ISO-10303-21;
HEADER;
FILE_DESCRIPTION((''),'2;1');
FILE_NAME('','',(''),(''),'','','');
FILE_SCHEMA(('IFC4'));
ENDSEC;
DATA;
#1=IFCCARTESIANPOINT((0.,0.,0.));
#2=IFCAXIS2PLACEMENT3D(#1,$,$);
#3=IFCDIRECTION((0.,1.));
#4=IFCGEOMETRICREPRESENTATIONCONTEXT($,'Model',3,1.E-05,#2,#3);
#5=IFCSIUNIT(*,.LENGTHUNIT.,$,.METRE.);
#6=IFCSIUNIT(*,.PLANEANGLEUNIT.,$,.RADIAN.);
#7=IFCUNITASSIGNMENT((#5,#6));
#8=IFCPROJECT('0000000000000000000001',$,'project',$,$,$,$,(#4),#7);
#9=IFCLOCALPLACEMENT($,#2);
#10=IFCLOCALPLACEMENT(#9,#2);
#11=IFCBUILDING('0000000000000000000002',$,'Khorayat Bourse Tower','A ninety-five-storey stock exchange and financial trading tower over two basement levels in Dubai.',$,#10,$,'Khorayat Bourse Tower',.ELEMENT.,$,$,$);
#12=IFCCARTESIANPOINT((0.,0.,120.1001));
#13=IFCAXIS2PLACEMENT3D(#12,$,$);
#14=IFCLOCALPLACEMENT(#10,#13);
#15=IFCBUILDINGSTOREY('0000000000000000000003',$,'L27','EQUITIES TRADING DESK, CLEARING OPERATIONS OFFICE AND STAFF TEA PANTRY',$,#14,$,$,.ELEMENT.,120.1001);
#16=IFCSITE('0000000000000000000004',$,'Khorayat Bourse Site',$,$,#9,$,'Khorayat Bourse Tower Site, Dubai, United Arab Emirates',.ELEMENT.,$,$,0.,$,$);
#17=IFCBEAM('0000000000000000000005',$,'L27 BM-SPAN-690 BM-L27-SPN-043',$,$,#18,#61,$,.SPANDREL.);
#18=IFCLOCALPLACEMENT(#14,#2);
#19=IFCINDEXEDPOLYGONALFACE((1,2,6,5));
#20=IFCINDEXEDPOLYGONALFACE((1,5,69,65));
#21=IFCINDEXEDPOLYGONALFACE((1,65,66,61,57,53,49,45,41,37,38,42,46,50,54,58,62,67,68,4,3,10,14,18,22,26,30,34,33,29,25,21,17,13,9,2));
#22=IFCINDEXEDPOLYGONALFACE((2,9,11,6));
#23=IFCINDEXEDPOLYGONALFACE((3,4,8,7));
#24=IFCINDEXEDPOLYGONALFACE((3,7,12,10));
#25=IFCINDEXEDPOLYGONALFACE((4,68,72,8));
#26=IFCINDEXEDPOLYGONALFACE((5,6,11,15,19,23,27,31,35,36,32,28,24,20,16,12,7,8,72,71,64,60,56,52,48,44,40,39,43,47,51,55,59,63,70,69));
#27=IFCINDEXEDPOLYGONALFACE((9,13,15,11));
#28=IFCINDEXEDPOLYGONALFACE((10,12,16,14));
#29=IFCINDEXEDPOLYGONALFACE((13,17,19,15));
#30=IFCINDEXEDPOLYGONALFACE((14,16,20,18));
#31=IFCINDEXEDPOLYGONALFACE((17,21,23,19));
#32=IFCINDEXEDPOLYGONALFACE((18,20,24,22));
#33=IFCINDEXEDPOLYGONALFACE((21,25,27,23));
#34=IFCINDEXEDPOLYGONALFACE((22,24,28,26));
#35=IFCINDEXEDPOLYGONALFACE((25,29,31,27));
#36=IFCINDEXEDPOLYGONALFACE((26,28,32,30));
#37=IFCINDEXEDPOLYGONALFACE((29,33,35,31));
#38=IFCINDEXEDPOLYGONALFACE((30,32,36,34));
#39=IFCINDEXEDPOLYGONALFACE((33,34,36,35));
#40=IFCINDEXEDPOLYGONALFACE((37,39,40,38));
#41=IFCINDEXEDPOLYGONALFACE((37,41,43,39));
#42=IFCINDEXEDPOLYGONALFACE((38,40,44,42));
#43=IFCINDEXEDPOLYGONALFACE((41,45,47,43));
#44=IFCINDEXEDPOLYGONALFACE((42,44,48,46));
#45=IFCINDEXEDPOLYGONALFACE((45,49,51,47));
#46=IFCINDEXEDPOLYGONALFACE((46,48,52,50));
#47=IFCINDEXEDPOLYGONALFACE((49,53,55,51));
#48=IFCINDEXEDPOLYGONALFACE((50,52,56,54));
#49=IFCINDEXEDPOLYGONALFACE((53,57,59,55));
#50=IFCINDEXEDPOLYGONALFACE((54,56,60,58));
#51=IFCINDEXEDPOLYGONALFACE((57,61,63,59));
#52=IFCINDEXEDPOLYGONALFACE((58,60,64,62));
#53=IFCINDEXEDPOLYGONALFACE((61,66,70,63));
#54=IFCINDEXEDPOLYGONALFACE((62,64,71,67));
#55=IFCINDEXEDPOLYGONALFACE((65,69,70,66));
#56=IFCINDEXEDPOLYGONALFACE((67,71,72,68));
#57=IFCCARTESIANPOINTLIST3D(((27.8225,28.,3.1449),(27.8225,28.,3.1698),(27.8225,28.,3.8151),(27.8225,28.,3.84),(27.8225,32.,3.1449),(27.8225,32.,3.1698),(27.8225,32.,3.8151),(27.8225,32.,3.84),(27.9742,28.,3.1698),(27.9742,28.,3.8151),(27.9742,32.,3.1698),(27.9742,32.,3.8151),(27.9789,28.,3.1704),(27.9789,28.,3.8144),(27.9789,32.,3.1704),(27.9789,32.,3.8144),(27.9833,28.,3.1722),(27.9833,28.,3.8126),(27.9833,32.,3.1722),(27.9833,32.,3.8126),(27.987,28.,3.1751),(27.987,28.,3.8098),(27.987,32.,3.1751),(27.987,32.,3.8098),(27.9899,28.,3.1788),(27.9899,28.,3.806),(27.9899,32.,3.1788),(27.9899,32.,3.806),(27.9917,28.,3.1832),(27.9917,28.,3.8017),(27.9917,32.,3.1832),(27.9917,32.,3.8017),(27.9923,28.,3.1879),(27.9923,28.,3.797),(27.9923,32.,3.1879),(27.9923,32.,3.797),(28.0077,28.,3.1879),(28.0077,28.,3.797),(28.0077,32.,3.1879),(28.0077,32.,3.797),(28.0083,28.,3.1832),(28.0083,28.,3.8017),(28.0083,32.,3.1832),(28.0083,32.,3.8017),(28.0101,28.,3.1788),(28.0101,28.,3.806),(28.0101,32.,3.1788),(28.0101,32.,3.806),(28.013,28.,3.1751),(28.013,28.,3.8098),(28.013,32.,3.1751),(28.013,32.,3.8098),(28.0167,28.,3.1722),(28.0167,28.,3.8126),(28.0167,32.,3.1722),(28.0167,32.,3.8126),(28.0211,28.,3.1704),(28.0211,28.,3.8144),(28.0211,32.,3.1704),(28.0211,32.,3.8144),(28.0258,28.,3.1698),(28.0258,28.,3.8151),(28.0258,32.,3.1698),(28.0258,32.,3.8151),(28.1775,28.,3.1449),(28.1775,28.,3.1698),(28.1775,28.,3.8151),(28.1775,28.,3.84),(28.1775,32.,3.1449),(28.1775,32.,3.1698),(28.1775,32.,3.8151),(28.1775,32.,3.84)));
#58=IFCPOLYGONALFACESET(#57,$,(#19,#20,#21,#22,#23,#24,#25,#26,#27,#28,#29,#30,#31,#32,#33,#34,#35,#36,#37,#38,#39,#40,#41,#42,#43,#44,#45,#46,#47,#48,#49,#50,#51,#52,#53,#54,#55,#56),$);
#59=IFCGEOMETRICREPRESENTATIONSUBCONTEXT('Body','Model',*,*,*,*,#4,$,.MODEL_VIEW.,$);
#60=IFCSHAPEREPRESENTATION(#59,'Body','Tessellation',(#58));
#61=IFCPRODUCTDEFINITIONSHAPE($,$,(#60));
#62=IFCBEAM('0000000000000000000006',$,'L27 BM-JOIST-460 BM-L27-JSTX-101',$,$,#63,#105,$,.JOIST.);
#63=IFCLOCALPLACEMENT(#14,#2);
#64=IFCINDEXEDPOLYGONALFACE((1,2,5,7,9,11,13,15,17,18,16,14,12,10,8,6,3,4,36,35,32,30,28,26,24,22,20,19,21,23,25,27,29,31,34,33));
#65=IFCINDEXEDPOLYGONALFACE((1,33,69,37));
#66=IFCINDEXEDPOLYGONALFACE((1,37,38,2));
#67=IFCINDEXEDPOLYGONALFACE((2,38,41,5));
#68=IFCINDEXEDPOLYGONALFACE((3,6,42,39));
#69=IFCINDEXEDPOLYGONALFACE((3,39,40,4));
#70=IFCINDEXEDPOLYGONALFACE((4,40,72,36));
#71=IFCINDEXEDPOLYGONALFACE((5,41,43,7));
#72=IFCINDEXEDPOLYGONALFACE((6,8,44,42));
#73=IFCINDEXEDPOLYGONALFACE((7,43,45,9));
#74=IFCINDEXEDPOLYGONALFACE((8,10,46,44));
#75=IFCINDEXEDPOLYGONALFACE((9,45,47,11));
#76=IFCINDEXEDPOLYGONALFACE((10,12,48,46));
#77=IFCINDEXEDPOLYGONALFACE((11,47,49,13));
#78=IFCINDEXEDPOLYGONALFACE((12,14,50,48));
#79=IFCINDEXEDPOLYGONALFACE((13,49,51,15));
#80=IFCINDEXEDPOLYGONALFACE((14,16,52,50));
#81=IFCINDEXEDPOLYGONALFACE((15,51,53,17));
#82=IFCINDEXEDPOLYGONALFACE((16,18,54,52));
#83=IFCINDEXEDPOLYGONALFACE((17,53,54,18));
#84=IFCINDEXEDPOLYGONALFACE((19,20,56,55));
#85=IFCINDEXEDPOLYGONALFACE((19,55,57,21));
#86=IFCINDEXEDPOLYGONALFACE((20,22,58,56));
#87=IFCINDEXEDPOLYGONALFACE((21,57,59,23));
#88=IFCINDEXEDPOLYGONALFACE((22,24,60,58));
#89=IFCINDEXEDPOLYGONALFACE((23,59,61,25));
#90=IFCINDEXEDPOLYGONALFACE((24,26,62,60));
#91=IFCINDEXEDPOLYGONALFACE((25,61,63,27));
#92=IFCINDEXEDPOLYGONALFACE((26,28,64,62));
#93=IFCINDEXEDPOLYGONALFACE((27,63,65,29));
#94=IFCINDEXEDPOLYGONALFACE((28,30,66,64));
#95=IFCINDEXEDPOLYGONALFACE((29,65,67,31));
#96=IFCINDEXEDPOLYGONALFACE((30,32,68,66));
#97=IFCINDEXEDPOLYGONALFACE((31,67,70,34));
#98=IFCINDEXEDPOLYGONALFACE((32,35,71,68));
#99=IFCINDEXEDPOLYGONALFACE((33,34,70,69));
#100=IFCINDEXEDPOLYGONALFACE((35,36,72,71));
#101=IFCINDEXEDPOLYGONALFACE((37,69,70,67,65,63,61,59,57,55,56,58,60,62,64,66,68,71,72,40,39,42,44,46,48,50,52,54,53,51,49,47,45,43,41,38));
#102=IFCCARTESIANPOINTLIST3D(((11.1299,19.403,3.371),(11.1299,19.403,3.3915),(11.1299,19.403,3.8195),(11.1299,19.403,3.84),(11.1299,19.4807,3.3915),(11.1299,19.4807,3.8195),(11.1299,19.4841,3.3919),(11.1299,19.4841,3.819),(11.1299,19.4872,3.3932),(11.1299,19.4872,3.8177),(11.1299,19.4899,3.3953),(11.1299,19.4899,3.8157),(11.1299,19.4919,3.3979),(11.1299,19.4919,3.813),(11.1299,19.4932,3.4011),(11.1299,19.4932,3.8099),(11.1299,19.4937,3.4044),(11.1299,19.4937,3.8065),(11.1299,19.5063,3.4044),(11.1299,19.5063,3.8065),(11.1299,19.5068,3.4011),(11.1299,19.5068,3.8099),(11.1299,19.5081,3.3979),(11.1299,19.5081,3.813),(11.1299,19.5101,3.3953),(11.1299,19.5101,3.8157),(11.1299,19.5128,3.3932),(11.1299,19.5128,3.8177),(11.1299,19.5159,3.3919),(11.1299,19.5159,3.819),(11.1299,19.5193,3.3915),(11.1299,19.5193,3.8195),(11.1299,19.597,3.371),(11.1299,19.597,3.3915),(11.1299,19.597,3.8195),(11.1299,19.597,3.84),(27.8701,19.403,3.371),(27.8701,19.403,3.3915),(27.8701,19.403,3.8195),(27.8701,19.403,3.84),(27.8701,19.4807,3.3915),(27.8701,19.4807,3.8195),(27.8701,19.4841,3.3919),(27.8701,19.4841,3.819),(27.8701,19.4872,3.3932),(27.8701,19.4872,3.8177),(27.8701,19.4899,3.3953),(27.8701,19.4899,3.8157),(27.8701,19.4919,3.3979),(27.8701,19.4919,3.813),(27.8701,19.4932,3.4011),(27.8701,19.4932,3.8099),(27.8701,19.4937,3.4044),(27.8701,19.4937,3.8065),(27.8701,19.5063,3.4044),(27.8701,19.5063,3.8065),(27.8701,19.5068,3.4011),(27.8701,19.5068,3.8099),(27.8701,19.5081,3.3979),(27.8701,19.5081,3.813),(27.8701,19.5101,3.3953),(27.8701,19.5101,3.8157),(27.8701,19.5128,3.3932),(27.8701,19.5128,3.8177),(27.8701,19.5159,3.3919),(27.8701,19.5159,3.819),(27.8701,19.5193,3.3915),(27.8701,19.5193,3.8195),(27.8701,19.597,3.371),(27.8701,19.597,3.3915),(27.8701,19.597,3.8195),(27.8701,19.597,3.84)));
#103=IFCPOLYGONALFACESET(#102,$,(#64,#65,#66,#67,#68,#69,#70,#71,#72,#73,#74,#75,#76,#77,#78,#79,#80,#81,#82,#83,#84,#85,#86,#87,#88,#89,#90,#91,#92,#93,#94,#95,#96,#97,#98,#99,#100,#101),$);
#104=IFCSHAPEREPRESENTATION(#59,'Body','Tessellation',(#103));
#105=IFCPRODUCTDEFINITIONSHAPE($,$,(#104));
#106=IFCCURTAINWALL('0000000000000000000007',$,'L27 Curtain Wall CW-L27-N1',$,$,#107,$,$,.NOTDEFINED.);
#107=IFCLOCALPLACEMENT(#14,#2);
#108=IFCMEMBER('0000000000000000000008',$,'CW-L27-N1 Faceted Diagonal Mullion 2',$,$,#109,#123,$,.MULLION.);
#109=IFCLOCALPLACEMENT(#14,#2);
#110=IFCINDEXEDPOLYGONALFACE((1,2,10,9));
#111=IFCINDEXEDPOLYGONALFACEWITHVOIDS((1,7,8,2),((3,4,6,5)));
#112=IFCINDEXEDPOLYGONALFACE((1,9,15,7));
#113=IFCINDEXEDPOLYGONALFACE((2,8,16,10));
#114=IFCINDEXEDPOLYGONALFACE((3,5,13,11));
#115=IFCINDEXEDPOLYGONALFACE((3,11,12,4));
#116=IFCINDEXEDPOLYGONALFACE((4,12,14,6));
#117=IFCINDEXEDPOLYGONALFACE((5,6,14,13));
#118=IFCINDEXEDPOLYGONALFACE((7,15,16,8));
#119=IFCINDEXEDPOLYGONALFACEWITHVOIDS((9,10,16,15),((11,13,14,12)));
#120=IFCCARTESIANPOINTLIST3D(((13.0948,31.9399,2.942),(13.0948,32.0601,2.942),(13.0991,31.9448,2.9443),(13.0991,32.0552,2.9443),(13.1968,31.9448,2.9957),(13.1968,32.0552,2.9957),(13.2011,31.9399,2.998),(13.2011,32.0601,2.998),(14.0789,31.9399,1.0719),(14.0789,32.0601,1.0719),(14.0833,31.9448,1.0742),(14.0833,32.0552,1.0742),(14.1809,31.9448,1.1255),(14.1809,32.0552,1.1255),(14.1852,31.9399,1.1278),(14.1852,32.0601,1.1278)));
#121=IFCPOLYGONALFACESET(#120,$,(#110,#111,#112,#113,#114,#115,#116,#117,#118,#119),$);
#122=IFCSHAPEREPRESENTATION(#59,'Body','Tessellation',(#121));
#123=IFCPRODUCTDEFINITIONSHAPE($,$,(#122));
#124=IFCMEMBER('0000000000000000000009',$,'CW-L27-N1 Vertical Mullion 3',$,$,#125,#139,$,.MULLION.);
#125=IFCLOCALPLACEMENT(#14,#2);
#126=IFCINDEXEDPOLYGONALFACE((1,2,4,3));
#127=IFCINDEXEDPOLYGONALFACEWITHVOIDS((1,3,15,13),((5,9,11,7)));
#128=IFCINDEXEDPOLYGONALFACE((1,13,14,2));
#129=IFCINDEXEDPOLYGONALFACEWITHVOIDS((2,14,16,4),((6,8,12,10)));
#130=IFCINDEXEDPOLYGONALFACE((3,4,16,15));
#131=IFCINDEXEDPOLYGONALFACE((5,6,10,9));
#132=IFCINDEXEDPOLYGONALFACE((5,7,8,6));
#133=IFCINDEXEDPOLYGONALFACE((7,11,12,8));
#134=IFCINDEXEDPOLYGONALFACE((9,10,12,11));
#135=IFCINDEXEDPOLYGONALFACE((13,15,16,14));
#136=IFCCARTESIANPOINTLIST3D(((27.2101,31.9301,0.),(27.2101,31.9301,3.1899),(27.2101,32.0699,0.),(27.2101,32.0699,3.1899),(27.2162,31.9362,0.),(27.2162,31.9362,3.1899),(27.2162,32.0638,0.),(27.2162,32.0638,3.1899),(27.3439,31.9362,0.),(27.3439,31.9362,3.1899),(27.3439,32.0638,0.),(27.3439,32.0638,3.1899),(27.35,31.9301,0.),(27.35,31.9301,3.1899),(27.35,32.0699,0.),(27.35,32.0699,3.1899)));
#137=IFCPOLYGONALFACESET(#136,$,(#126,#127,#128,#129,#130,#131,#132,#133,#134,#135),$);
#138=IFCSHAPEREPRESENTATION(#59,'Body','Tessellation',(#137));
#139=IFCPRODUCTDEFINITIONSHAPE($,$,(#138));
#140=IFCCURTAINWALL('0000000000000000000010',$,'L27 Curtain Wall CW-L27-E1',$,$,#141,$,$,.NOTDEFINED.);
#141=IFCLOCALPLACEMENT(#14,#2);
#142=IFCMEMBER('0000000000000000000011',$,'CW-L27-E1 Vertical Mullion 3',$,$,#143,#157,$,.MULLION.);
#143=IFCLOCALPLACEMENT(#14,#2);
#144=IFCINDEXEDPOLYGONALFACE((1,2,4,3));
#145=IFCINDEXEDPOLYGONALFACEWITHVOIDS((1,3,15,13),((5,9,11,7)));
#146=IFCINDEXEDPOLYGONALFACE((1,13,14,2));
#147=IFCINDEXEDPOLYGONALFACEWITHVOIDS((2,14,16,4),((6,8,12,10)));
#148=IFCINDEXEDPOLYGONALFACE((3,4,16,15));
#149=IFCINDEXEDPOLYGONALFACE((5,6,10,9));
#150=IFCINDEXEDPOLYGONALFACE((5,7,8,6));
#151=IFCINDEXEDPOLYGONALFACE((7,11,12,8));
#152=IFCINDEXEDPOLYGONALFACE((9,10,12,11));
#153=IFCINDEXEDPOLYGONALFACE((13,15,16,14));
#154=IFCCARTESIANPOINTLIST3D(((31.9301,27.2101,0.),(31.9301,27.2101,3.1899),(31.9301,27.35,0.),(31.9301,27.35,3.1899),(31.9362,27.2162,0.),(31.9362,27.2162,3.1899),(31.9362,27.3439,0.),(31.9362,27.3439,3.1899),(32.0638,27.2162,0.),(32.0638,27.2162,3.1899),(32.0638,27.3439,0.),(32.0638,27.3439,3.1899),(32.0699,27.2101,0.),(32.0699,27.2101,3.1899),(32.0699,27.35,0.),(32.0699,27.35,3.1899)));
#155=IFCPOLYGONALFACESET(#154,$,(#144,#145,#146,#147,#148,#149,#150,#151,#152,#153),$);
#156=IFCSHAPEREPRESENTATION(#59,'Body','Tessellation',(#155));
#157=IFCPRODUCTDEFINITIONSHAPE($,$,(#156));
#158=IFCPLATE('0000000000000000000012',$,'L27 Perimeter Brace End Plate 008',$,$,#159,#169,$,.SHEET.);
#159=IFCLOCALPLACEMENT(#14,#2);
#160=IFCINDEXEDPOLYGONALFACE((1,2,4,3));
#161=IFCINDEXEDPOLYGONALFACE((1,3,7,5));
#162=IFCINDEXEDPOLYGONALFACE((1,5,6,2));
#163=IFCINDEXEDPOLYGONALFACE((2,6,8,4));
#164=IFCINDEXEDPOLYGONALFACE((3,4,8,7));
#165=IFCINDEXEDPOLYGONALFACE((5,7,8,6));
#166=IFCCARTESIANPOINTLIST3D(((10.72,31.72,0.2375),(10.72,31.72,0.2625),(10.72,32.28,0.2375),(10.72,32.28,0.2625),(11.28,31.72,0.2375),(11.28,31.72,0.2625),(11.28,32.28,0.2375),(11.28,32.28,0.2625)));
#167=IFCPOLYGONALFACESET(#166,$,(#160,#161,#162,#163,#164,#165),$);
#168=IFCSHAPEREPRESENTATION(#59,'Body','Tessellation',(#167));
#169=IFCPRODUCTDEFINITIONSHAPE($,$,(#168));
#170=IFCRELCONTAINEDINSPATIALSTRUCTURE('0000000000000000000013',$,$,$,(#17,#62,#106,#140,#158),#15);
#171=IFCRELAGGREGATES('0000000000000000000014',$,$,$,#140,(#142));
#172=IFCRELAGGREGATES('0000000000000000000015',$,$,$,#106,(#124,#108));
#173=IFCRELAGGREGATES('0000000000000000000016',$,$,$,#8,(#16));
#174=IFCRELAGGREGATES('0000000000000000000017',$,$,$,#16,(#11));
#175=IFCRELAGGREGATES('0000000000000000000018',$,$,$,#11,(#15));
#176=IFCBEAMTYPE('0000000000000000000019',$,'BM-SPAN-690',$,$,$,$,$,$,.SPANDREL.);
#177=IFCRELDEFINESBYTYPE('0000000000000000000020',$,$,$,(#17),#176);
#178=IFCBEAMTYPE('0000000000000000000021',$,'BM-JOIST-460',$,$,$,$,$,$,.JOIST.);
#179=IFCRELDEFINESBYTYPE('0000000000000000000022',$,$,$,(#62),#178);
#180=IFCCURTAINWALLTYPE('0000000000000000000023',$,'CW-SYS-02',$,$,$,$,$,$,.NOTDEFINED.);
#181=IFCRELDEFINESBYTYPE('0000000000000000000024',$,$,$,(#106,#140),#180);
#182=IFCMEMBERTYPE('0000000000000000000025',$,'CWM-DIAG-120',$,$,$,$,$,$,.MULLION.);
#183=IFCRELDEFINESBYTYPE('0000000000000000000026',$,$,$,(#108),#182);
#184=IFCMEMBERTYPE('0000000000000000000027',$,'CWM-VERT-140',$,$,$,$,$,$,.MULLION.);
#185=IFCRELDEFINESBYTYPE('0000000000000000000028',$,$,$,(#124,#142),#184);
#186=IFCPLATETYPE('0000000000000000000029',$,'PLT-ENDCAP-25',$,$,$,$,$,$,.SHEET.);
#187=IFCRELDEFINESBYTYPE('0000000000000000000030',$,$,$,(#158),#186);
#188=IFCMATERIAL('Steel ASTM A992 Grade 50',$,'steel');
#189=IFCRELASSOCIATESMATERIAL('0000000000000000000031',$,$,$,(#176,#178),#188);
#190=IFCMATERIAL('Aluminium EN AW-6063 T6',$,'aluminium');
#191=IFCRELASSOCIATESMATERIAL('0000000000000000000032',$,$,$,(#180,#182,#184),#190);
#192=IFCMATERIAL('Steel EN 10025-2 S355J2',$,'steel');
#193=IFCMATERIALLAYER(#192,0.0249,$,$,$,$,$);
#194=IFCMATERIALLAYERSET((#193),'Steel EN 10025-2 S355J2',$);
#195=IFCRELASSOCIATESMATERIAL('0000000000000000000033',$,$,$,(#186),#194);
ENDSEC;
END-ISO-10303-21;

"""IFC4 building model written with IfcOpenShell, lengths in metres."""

from ifc_helpers import new_model, si_unit, direction, frame, origin, origin_2d, place, context, subcontext, project, spatial, rectangle, hollow_rectangle, i_section, extrude, source, transform, mapped, material, layer, layer_set, material_profile, profile_set, type_object, element, aggregate, save


model = new_model("IFC4")

# Units and contexts
model_context = context("Model", 3, precision=1e-05, world=origin(), true_north=direction((0.0, 1.0)))
body_context = subcontext(model_context, "Body", "Model", "MODEL_VIEW")
ifc_project = project(units=[si_unit("LENGTHUNIT", "METRE"), si_unit("PLANEANGLEUNIT", "RADIAN")], contexts=[model_context])

# Site, building, storey
site_placement = place(None, origin())
site = spatial("IfcSite", under=ifc_project, at=site_placement, Name="Khorayat Bourse Site", LongName="Khorayat Bourse Tower Site, Dubai, United Arab Emirates", CompositionType="ELEMENT", RefElevation=0.0)
building_placement = place(site_placement, origin())
building = spatial("IfcBuilding", under=site, at=building_placement, Name="Khorayat Bourse Tower", Description="A ninety-five-storey stock exchange and financial trading tower over two basement levels in Dubai.", LongName="Khorayat Bourse Tower", CompositionType="ELEMENT")
storey_placement = place(building_placement, frame((0.0, 0.0, 120.1001)))
storey = spatial("IfcBuildingStorey", under=building, at=storey_placement, Name="L27", Description="EQUITIES TRADING DESK, CLEARING OPERATIONS OFFICE AND STAFF TEA PANTRY", CompositionType="ELEMENT", Elevation=120.1001)

# Beams
ifc_material_1 = material(Name="Steel ASTM A992 Grade 50", Category="steel")
ifc_material_profile_1 = material_profile(ifc_material_1, i_section(OverallWidth=0.355, OverallDepth=0.6951, WebThickness=0.0154, FlangeThickness=0.0249, FilletRadius=0.0181, at=origin_2d()), Name="W690X217")
ifc_profile_set_1 = profile_set([ifc_material_profile_1], Name="Steel ASTM A992 Grade 50")
beam_type_1 = type_object("IfcBeamType", Name="BM-SPAN-690", PredefinedType="SPANDREL", material=ifc_profile_set_1)
shared_shape_1 = source(origin(), body_context, "Body", "SweptSolid", [
    extrude(i_section(OverallWidth=0.355, OverallDepth=0.6951, WebThickness=0.0154, FlangeThickness=0.0249, FilletRadius=0.0181, at=origin_2d()), origin(), (0.0, 0.0, 1.0), 4.0),
])
for number, where, z_axis, x_axis, name in (
    (1, (28.0, 28.0, 3.4924), (0.0, 1.0, 0.0), (-1.0, 0.0, 0.0), "L27 BM-SPAN-690 BM-L27-SPN-043"),
):
    element("IfcBeam", number, at=place(storey_placement, frame(where, z_axis=z_axis, x_axis=x_axis)), inside=storey, type_object=beam_type_1, Name=name, PredefinedType="SPANDREL", context=body_context, shape_type="MappedRepresentation", body=[
        mapped(shared_shape_1, transform((0.0, 0.0, 0.0), scale=1.0)),
    ])
ifc_material_profile_2 = material_profile(ifc_material_1, i_section(OverallWidth=0.1941, OverallDepth=0.469, WebThickness=0.0127, FlangeThickness=0.0205, FilletRadius=0.0129, at=origin_2d()), Name="W460X106")
ifc_profile_set_2 = profile_set([ifc_material_profile_2], Name="Steel ASTM A992 Grade 50")
beam_type_2 = type_object("IfcBeamType", Name="BM-JOIST-460", PredefinedType="JOIST", material=ifc_profile_set_2)
shared_shape_2 = source(origin(), body_context, "Body", "SweptSolid", [
    extrude(i_section(OverallWidth=0.1941, OverallDepth=0.469, WebThickness=0.0127, FlangeThickness=0.0205, FilletRadius=0.0129, at=origin_2d()), origin(), (0.0, 0.0, 1.0), 16.7402),
])
beam_1_placement = place(storey_placement, frame((11.1299, 19.5, 3.6055), z_axis=(1.0, 0.0, 0.0), x_axis=(0.0, 1.0, 0.0)))
element("IfcBeam", 2, at=beam_1_placement, inside=storey, type_object=beam_type_2, Name="L27 BM-JOIST-460 BM-L27-JSTX-101", PredefinedType="JOIST", context=body_context, shape_type="MappedRepresentation", body=[
    mapped(shared_shape_2, transform((0.0, 0.0, 0.0), scale=1.0)),
])

# Curtain wall, members
ifc_material_2 = material(Name="Aluminium EN AW-6063 T6", Category="aluminium")
curtain_wall_type = type_object("IfcCurtainWallType", Name="CW-SYS-02", PredefinedType="NOTDEFINED", material=ifc_material_2)
curtain_wall_1_placement = place(storey_placement, origin())
curtain_wall_1 = element("IfcCurtainWall", 3, at=curtain_wall_1_placement, inside=storey, type_object=curtain_wall_type, Name="L27 Curtain Wall CW-L27-N1", PredefinedType="NOTDEFINED")
ifc_material_profile_3 = material_profile(ifc_material_2, hollow_rectangle(XDim=0.1201, YDim=0.1201, WallThickness=0.0049, at=origin_2d()), Name="ALU 120x120x5")
ifc_profile_set_3 = profile_set([ifc_material_profile_3], Name="Aluminium EN AW-6063 T6")
member_type_1 = type_object("IfcMemberType", Name="CWM-DIAG-120", PredefinedType="MULLION", material=ifc_profile_set_3)
shared_shape_3 = source(origin(), body_context, "Body", "SweptSolid", [
    extrude(hollow_rectangle(XDim=0.1201, YDim=0.1201, WallThickness=0.0049, at=origin_2d()), origin(), (0.0, 0.0, 1.0), 2.1133),
])
member_1_placement = place(storey_placement, frame((14.1321, 32.0, 1.0999), z_axis=(-0.465694, 0.0, 0.884946), x_axis=(0.0, -1.0, 0.0)))
member_1 = element("IfcMember", 4, at=member_1_placement, type_object=member_type_1, Name="CW-L27-N1 Faceted Diagonal Mullion 2", PredefinedType="MULLION", context=body_context, shape_type="MappedRepresentation", body=[
    mapped(shared_shape_3, transform((0.0, 0.0, 0.0), scale=1.0)),
])
ifc_material_profile_4 = material_profile(ifc_material_2, hollow_rectangle(XDim=0.1399, YDim=0.1399, WallThickness=0.0061, at=origin_2d()), Name="ALU 140x140x6")
ifc_profile_set_4 = profile_set([ifc_material_profile_4], Name="Aluminium EN AW-6063 T6")
member_type_2 = type_object("IfcMemberType", Name="CWM-VERT-140", PredefinedType="MULLION", material=ifc_profile_set_4)
shared_shape_4 = source(origin(), body_context, "Body", "SweptSolid", [
    extrude(hollow_rectangle(XDim=0.1399, YDim=0.1399, WallThickness=0.0061, at=origin_2d()), origin(), (0.0, 0.0, 1.0), 3.1899),
])
member_2_placement = place(storey_placement, frame((27.28, 32.0, 0.0), z_axis=(0.0, 0.0, 1.0), x_axis=(0.0, 1.0, 0.0)))
member_2 = element("IfcMember", 5, at=member_2_placement, type_object=member_type_2, Name="CW-L27-N1 Vertical Mullion 3", PredefinedType="MULLION", context=body_context, shape_type="MappedRepresentation", body=[
    mapped(shared_shape_4, transform((0.0, 0.0, 0.0), scale=1.0)),
])

# Curtain wall, member
curtain_wall_2_placement = place(storey_placement, origin())
curtain_wall_2 = element("IfcCurtainWall", 6, at=curtain_wall_2_placement, inside=storey, type_object=curtain_wall_type, Name="L27 Curtain Wall CW-L27-E1", PredefinedType="NOTDEFINED")
member_3_placement = place(storey_placement, frame((32.0, 27.28, 0.0), z_axis=(0.0, 0.0, 1.0), x_axis=(-1.0, 0.0, 0.0)))
member_3 = element("IfcMember", 7, at=member_3_placement, type_object=member_type_2, Name="CW-L27-E1 Vertical Mullion 3", PredefinedType="MULLION", context=body_context, shape_type="MappedRepresentation", body=[
    mapped(shared_shape_4, transform((0.0, 0.0, 0.0), scale=1.0)),
])
aggregate(curtain_wall_2, [member_3])

# Plate
ifc_material_3 = material(Name="Steel EN 10025-2 S355J2", Category="steel")
ifc_layer_1 = layer(ifc_material_3, 0.0249)
ifc_layer_set_1 = layer_set([ifc_layer_1], Name="Steel EN 10025-2 S355J2")
plate_type_1 = type_object("IfcPlateType", Name="PLT-ENDCAP-25", PredefinedType="SHEET", material=ifc_layer_set_1)
shared_shape_5 = source(origin(), body_context, "Body", "SweptSolid", [
    extrude(rectangle(XDim=0.5601, YDim=0.5601, at=origin_2d()), origin(), (0.0, 0.0, 1.0), 0.0249),
])
plate_1_placement = place(storey_placement, frame((11.0, 32.0, 0.2375), z_axis=(0.0, 0.0, 1.0), x_axis=(1.0, 0.0, 0.0)))
element("IfcPlate", 8, at=plate_1_placement, inside=storey, type_object=plate_type_1, Name="L27 Perimeter Brace End Plate 008", PredefinedType="SHEET", context=body_context, shape_type="MappedRepresentation", body=[
    mapped(shared_shape_5, transform((0.0, 0.0, 0.0), scale=1.0)),
])
aggregate(curtain_wall_1, [member_2, member_1])

save(model, "model.ifc")
